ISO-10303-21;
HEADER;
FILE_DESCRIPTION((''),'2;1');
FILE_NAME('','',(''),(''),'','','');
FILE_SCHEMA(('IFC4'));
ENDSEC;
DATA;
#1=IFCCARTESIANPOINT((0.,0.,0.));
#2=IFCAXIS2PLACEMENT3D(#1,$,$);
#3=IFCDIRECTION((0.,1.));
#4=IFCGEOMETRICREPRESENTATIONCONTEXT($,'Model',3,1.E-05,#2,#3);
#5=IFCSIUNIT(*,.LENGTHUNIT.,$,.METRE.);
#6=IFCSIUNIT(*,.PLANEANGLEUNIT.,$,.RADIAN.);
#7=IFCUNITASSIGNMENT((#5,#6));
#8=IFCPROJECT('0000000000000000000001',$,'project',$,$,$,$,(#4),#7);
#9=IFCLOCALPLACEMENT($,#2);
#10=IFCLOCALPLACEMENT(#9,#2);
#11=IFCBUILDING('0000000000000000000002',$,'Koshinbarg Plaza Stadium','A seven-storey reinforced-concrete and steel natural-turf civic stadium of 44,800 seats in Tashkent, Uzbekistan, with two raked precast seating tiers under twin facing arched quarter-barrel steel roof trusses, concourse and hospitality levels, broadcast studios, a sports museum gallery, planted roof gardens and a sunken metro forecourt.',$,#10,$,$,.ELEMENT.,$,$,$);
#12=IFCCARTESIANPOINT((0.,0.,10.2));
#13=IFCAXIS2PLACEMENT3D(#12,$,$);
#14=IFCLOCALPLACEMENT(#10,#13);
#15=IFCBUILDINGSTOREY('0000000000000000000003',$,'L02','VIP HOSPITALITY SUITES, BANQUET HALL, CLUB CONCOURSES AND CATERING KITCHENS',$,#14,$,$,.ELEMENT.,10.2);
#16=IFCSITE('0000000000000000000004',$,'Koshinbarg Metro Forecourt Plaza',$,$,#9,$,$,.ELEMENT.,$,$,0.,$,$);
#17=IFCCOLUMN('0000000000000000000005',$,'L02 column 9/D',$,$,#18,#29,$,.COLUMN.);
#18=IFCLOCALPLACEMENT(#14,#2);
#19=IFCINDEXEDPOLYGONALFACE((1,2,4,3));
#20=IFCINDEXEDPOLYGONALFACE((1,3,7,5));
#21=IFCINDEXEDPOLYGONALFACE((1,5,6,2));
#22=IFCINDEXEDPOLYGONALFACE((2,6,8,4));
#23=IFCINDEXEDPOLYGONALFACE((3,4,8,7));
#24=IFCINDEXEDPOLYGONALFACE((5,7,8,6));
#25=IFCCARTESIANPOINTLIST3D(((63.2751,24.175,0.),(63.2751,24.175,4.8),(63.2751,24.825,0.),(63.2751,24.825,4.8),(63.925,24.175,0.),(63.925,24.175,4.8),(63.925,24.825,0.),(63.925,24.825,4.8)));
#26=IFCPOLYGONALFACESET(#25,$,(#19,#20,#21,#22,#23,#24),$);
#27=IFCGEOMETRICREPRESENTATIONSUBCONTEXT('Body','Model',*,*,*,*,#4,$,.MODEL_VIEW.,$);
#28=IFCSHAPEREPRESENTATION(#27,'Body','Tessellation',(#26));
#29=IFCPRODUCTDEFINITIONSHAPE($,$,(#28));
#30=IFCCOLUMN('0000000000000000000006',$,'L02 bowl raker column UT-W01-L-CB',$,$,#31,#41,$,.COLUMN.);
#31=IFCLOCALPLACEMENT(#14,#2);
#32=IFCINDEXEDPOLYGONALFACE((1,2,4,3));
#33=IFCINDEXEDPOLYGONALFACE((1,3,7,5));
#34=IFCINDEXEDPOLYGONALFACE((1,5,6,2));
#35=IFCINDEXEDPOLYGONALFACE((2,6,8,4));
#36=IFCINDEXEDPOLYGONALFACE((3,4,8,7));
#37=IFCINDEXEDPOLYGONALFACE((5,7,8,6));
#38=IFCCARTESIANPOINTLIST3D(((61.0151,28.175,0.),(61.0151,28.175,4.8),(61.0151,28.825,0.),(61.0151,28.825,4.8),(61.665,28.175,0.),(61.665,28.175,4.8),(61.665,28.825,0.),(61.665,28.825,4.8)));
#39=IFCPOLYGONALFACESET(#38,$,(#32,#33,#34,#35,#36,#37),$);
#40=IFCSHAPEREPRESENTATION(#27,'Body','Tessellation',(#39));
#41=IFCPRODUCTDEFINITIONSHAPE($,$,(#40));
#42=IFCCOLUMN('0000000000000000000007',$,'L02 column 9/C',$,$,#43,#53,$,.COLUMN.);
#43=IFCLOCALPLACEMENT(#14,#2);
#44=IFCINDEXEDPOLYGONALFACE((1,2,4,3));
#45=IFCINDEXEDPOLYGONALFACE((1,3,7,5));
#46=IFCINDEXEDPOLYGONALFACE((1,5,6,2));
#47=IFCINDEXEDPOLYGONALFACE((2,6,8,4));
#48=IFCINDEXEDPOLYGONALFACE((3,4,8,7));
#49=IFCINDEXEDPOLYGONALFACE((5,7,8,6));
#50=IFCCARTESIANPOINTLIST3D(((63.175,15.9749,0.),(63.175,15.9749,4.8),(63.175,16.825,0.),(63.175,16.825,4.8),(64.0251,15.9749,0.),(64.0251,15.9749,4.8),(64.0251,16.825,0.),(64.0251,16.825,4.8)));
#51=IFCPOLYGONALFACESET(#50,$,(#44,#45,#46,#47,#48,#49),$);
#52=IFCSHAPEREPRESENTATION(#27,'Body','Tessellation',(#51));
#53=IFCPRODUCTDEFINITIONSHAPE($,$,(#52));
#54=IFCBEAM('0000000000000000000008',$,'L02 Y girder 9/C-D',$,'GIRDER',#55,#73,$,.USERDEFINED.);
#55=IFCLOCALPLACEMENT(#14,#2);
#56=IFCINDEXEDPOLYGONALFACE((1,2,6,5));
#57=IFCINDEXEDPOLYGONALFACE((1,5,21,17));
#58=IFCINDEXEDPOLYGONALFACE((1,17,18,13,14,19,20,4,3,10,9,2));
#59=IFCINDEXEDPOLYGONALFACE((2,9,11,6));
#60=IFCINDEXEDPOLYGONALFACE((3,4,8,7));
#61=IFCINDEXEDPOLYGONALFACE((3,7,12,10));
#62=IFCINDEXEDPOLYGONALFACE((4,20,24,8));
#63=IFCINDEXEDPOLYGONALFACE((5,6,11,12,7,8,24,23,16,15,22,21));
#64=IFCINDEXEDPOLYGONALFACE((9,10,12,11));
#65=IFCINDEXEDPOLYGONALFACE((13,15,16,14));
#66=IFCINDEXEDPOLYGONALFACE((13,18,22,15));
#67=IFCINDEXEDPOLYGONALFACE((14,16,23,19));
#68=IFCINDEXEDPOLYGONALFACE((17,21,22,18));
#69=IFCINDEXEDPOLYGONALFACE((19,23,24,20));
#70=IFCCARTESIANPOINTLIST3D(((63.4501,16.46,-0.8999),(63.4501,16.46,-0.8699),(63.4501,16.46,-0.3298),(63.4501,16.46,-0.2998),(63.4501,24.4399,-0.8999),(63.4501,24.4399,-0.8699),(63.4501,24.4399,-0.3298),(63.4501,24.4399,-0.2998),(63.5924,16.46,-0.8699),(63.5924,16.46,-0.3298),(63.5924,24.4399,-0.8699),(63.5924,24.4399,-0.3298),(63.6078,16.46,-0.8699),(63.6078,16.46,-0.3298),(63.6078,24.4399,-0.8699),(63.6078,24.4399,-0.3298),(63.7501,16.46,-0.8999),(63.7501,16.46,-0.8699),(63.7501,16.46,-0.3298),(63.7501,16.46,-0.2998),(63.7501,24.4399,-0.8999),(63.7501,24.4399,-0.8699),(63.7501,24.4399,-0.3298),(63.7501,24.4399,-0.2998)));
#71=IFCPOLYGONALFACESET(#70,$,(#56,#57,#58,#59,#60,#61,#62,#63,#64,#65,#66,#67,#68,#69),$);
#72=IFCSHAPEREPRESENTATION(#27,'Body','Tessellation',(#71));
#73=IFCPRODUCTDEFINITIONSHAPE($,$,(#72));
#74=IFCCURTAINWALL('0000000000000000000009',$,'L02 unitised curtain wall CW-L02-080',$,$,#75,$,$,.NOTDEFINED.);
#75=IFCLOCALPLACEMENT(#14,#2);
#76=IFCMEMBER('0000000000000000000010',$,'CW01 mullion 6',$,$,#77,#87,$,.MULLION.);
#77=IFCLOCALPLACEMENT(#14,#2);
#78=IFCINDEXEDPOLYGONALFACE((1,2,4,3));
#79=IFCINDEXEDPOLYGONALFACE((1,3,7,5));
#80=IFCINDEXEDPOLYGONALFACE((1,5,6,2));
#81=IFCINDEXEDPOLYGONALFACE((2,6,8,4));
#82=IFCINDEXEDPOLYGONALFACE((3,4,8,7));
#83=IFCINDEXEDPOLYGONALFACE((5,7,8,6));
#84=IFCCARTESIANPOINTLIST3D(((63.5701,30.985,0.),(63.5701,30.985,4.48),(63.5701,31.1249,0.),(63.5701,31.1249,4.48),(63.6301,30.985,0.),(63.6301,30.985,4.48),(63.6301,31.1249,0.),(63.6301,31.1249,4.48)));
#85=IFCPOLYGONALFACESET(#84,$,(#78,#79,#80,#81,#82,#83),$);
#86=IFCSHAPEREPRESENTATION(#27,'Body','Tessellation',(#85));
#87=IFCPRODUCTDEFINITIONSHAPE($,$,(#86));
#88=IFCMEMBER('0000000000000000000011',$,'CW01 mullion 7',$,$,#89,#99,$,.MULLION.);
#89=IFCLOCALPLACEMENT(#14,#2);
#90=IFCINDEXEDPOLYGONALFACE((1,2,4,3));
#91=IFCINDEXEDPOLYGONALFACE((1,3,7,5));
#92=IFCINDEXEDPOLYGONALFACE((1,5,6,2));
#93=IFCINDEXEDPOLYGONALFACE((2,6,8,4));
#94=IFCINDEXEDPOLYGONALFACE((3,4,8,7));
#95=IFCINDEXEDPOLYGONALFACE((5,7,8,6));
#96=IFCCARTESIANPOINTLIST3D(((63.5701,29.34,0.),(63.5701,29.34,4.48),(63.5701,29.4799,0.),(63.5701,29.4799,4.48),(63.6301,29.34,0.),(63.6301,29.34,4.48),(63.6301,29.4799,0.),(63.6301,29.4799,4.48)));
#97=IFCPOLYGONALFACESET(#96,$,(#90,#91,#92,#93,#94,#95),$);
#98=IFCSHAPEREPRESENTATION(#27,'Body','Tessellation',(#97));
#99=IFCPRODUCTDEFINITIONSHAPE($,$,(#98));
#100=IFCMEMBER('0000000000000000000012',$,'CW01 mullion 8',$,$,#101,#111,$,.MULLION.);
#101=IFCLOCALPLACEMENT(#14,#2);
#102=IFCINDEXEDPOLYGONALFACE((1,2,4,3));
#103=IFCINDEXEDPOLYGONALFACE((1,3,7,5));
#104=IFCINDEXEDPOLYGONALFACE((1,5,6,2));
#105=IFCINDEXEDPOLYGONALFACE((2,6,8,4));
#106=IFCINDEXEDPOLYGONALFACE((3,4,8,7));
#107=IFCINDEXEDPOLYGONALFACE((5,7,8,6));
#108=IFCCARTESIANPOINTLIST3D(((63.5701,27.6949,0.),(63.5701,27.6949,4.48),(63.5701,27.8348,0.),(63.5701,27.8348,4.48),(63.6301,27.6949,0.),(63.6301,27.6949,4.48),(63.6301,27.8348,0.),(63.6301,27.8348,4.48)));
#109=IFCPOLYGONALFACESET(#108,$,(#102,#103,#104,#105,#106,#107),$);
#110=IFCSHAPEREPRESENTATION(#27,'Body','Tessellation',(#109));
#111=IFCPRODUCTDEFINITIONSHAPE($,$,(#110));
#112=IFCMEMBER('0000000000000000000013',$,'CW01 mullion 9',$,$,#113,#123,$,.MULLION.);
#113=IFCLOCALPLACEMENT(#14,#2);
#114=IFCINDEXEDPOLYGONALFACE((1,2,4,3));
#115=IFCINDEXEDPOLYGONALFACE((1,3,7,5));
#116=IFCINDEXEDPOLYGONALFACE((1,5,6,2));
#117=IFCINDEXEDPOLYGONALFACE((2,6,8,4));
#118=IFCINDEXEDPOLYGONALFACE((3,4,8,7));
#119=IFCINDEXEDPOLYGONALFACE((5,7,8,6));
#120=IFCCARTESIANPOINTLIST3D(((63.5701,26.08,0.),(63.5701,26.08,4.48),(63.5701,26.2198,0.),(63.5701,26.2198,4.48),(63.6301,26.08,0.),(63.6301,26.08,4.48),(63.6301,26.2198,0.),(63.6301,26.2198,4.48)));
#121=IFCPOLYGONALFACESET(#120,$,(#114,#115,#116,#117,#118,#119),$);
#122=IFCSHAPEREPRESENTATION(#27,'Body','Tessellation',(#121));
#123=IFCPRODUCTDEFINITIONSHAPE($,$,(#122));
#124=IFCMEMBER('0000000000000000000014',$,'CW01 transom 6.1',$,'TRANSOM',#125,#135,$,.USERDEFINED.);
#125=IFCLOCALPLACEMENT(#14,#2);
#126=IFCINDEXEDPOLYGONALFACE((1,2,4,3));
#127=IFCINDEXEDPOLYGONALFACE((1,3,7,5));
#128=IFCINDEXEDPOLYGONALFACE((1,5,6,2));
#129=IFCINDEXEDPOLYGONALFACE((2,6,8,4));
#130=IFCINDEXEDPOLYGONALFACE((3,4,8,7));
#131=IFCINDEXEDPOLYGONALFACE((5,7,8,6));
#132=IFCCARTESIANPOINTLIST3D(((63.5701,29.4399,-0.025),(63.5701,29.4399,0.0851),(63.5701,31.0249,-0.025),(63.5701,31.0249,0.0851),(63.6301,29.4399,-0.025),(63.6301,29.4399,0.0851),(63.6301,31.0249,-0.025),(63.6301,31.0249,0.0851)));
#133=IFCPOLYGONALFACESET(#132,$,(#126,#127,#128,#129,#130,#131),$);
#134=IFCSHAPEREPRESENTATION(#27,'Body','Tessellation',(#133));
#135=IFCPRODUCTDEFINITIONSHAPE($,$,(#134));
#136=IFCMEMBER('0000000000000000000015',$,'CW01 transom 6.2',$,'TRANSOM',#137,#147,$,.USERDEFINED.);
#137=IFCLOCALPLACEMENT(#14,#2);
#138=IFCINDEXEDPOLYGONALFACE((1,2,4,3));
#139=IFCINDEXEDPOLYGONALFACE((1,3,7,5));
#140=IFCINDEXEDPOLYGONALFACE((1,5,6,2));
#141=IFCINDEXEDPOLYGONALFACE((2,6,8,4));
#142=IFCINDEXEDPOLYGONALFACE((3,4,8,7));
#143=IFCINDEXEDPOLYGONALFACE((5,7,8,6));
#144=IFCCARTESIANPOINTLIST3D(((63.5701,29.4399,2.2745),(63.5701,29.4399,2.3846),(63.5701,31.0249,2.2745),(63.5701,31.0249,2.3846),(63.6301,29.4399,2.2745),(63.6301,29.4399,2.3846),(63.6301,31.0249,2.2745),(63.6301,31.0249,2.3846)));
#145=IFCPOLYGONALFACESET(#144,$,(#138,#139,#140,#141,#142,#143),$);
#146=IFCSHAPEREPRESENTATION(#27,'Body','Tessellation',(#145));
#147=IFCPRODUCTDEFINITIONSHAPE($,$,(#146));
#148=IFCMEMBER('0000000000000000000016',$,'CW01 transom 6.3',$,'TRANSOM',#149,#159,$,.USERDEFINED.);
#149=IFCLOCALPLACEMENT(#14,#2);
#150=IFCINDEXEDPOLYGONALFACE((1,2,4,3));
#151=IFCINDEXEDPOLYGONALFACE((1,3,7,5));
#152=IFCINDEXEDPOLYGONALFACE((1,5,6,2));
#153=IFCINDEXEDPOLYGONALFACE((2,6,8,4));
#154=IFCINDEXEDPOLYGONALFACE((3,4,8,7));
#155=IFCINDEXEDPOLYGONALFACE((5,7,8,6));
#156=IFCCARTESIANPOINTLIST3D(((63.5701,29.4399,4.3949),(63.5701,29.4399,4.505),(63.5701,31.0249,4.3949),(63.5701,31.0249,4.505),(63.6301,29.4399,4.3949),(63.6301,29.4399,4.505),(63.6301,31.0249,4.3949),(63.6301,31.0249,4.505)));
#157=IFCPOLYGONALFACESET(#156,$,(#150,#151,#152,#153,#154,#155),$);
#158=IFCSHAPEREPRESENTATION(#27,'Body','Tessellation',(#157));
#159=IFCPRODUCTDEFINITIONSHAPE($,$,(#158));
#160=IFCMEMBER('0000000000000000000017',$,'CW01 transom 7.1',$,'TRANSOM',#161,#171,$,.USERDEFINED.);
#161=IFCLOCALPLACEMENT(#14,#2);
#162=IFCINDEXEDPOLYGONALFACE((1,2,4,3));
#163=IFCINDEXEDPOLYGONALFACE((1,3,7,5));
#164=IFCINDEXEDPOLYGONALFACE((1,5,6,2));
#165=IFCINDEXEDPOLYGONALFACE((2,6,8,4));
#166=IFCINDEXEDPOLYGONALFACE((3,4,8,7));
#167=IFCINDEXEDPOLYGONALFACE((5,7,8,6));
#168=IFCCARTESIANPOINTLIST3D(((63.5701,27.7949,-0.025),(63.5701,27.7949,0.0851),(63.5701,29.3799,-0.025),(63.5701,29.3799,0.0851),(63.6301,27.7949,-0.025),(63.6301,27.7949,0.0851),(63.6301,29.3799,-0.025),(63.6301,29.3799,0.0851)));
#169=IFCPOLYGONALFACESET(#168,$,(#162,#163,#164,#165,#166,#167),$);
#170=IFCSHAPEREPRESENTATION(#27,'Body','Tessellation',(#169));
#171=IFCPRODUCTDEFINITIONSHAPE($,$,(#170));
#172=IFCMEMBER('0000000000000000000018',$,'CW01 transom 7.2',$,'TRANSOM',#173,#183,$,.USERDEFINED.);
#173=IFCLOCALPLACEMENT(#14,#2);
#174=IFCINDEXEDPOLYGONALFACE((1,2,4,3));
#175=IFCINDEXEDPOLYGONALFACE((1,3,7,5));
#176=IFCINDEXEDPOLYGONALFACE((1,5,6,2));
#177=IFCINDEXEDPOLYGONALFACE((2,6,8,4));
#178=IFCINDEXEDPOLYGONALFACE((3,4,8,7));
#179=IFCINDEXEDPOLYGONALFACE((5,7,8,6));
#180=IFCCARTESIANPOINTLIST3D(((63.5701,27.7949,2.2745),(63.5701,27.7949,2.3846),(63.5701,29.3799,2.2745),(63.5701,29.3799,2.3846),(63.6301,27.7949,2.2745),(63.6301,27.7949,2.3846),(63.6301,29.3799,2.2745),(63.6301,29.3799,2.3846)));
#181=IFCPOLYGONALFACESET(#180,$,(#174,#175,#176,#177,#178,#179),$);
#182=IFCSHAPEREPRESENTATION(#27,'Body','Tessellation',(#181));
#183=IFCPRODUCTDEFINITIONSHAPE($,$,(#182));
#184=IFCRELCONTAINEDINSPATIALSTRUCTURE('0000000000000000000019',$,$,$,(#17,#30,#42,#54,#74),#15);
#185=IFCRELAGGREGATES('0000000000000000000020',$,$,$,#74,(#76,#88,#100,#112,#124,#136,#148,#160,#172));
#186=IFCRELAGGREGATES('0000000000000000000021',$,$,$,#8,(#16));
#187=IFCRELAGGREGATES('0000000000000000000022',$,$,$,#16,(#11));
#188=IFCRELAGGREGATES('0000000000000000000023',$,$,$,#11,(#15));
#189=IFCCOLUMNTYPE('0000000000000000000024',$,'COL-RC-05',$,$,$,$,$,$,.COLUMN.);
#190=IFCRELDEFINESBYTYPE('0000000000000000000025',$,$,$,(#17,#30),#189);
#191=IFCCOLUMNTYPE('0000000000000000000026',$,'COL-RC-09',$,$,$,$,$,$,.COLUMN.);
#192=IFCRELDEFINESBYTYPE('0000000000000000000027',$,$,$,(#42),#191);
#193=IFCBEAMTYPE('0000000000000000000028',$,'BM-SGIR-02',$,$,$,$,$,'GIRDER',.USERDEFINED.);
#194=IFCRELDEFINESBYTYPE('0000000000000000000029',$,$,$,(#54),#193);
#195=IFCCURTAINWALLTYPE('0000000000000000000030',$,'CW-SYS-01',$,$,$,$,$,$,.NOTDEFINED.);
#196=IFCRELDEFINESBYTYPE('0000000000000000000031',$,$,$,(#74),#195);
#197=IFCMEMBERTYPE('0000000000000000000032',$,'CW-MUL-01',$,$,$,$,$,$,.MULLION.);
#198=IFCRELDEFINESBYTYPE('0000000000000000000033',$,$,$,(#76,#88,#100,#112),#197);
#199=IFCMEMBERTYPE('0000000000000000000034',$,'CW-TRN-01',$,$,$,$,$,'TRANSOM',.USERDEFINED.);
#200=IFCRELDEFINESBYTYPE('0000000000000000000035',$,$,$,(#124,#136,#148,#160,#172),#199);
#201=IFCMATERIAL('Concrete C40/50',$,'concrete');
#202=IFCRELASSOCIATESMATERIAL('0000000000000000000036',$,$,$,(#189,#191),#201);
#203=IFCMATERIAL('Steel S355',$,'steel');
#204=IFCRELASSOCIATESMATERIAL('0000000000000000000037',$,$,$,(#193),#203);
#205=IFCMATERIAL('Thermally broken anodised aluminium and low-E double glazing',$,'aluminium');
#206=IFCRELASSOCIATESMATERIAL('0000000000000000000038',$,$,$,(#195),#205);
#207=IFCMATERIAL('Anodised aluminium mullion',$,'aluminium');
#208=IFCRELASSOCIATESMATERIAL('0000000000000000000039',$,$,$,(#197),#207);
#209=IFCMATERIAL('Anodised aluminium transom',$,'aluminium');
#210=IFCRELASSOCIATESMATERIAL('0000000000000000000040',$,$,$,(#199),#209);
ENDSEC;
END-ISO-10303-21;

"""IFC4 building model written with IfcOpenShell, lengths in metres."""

from ifc_helpers import new_model, si_unit, direction, frame, origin, origin_2d, place, context, subcontext, project, spatial, rectangle, i_section, extrude, material, material_profile, profile_set, type_object, element, aggregate, save


model = new_model("IFC4")

# Units and contexts
model_context = context("Model", 3, precision=1e-05, world=origin(), true_north=direction((0.0, 1.0)))
body_context = subcontext(model_context, "Body", "Model", "MODEL_VIEW")
ifc_project = project(units=[si_unit("LENGTHUNIT", "METRE"), si_unit("PLANEANGLEUNIT", "RADIAN")], contexts=[model_context])

# Site, building, storey
site_placement = place(None, origin())
site = spatial("IfcSite", under=ifc_project, at=site_placement, Name="Koshinbarg Metro Forecourt Plaza", CompositionType="ELEMENT", RefElevation=0.0)
building_placement = place(site_placement, origin())
building = spatial("IfcBuilding", under=site, at=building_placement, Name="Koshinbarg Plaza Stadium", Description="A seven-storey reinforced-concrete and steel natural-turf civic stadium of 44,800 seats in Tashkent, Uzbekistan, with two raked precast seating tiers under twin facing arched quarter-barrel steel roof trusses, concourse and hospitality levels, broadcast studios, a sports museum gallery, planted roof gardens and a sunken metro forecourt.", CompositionType="ELEMENT")
storey_placement = place(building_placement, frame((0.0, 0.0, 10.2)))
storey = spatial("IfcBuildingStorey", under=building, at=storey_placement, Name="L02", Description="VIP HOSPITALITY SUITES, BANQUET HALL, CLUB CONCOURSES AND CATERING KITCHENS", CompositionType="ELEMENT", Elevation=10.2)

# Columns
ifc_material_1 = material(Name="Concrete C40/50", Category="concrete")
ifc_material_profile_1 = material_profile(ifc_material_1, rectangle(XDim=0.6499, YDim=0.6499, at=origin_2d()), Name="RC 650x650")
ifc_profile_set_1 = profile_set([ifc_material_profile_1], Name="Concrete C40/50")
column_type_1 = type_object("IfcColumnType", Name="COL-RC-05", PredefinedType="COLUMN", material=ifc_profile_set_1)
for number, where, z_axis, x_axis, name in (
    (1, (63.6001, 24.5, 0.0), (0.0, 0.0, 1.0), (1.0, 0.0, 0.0), "L02 column 9/D"),
    (2, (61.3401, 28.5, 0.0), (0.0, 0.0, 1.0), (1.0, 0.0, 0.0), "L02 bowl raker column UT-W01-L-CB"),
):
    element("IfcColumn", number, at=place(storey_placement, frame(where, z_axis=z_axis, x_axis=x_axis)), inside=storey, type_object=column_type_1, Name=name, PredefinedType="COLUMN", context=body_context, shape_type="SweptSolid", body=[
        extrude(rectangle(XDim=0.6499, YDim=0.6499, at=origin_2d()), origin(), (0.0, 0.0, 1.0), 4.8),
    ])
ifc_material_profile_2 = material_profile(ifc_material_1, rectangle(XDim=0.8501, YDim=0.8501, at=origin_2d()), Name="RC 850x850")
ifc_profile_set_2 = profile_set([ifc_material_profile_2], Name="Concrete C40/50")
column_type_2 = type_object("IfcColumnType", Name="COL-RC-09", PredefinedType="COLUMN", material=ifc_profile_set_2)
column_placement = place(storey_placement, frame((63.6001, 16.3999, 0.0), z_axis=(0.0, 0.0, 1.0), x_axis=(1.0, 0.0, 0.0)))
element("IfcColumn", 3, at=column_placement, inside=storey, type_object=column_type_2, Name="L02 column 9/C", PredefinedType="COLUMN", context=body_context, shape_type="SweptSolid", body=[
    extrude(rectangle(XDim=0.8501, YDim=0.8501, at=origin_2d()), origin(), (0.0, 0.0, 1.0), 4.8),
])

# Beam
ifc_material_2 = material(Name="Steel S355", Category="steel")
ifc_material_profile_3 = material_profile(ifc_material_2, i_section(OverallWidth=0.3, OverallDepth=0.6001, WebThickness=0.0154, FlangeThickness=0.03, at=origin_2d()), Name="HEB 600")
ifc_profile_set_3 = profile_set([ifc_material_profile_3], Name="Steel S355")
beam_type = type_object("IfcBeamType", Name="BM-SGIR-02", ElementType="GIRDER", PredefinedType="USERDEFINED", material=ifc_profile_set_3)
beam_placement = place(storey_placement, frame((63.6001, 16.46, -0.5999), z_axis=(0.0, 1.0, 0.0), x_axis=(-1.0, 0.0, 0.0)))
element("IfcBeam", 4, at=beam_placement, inside=storey, type_object=beam_type, Name="L02 Y girder 9/C-D", ObjectType="GIRDER", PredefinedType="USERDEFINED", context=body_context, shape_type="SweptSolid", body=[
    extrude(i_section(OverallWidth=0.3, OverallDepth=0.6001, WebThickness=0.0154, FlangeThickness=0.03, at=origin_2d()), origin(), (0.0, 0.0, 1.0), 7.98),
])

# Curtain wall, members
ifc_material_3 = material(Name="Thermally broken anodised aluminium and low-E double glazing", Category="aluminium")
curtain_wall_type = type_object("IfcCurtainWallType", Name="CW-SYS-01", PredefinedType="NOTDEFINED", material=ifc_material_3)
curtain_wall_placement = place(storey_placement, origin())
curtain_wall = element("IfcCurtainWall", 5, at=curtain_wall_placement, inside=storey, type_object=curtain_wall_type, Name="L02 unitised curtain wall CW-L02-080", PredefinedType="NOTDEFINED")
ifc_material_4 = material(Name="Anodised aluminium mullion", Category="aluminium")
ifc_material_profile_4 = material_profile(ifc_material_4, rectangle(XDim=0.0601, YDim=0.1399, at=origin_2d()), Name="ALU 60x140")
ifc_profile_set_4 = profile_set([ifc_material_profile_4], Name="Anodised aluminium mullion")
member_type_1 = type_object("IfcMemberType", Name="CW-MUL-01", PredefinedType="MULLION", material=ifc_profile_set_4)
member_1_placement = place(storey_placement, frame((63.6001, 31.0549, 0.0), z_axis=(0.0, 0.0, 1.0), x_axis=(1.0, 0.0, 0.0)))
member_1 = element("IfcMember", 6, at=member_1_placement, type_object=member_type_1, Name="CW01 mullion 6", PredefinedType="MULLION", context=body_context, shape_type="SweptSolid", body=[
    extrude(rectangle(XDim=0.0601, YDim=0.1399, at=origin_2d()), origin(), (0.0, 0.0, 1.0), 4.48),
])
member_2_placement = place(storey_placement, frame((63.6001, 29.4099, 0.0), z_axis=(0.0, 0.0, 1.0), x_axis=(1.0, 0.0, 0.0)))
member_2 = element("IfcMember", 7, at=member_2_placement, type_object=member_type_1, Name="CW01 mullion 7", PredefinedType="MULLION", context=body_context, shape_type="SweptSolid", body=[
    extrude(rectangle(XDim=0.0601, YDim=0.1399, at=origin_2d()), origin(), (0.0, 0.0, 1.0), 4.48),
])
member_3_placement = place(storey_placement, frame((63.6001, 27.7649, 0.0), z_axis=(0.0, 0.0, 1.0), x_axis=(1.0, 0.0, 0.0)))
member_3 = element("IfcMember", 8, at=member_3_placement, type_object=member_type_1, Name="CW01 mullion 8", PredefinedType="MULLION", context=body_context, shape_type="SweptSolid", body=[
    extrude(rectangle(XDim=0.0601, YDim=0.1399, at=origin_2d()), origin(), (0.0, 0.0, 1.0), 4.48),
])
member_4_placement = place(storey_placement, frame((63.6001, 26.1499, 0.0), z_axis=(0.0, 0.0, 1.0), x_axis=(1.0, 0.0, 0.0)))
member_4 = element("IfcMember", 9, at=member_4_placement, type_object=member_type_1, Name="CW01 mullion 9", PredefinedType="MULLION", context=body_context, shape_type="SweptSolid", body=[
    extrude(rectangle(XDim=0.0601, YDim=0.1399, at=origin_2d()), origin(), (0.0, 0.0, 1.0), 4.48),
])
ifc_material_5 = material(Name="Anodised aluminium transom", Category="aluminium")
ifc_material_profile_5 = material_profile(ifc_material_5, rectangle(XDim=0.0601, YDim=0.1101, at=origin_2d()), Name="ALU 60x110")
ifc_profile_set_5 = profile_set([ifc_material_profile_5], Name="Anodised aluminium transom")
member_type_2 = type_object("IfcMemberType", Name="CW-TRN-01", ElementType="TRANSOM", PredefinedType="USERDEFINED", material=ifc_profile_set_5)
member_5_placement = place(storey_placement, frame((63.6001, 31.0249, 0.03), z_axis=(0.0, -1.0, 0.0), x_axis=(1.0, 0.0, 0.0)))
member_5 = element("IfcMember", 10, at=member_5_placement, type_object=member_type_2, Name="CW01 transom 6.1", ObjectType="TRANSOM", PredefinedType="USERDEFINED", context=body_context, shape_type="SweptSolid", body=[
    extrude(rectangle(XDim=0.0601, YDim=0.1101, at=origin_2d()), origin(), (0.0, 0.0, 1.0), 1.585),
])
member_6_placement = place(storey_placement, frame((63.6001, 31.0249, 2.3296), z_axis=(0.0, -1.0, 0.0), x_axis=(1.0, 0.0, 0.0)))
member_6 = element("IfcMember", 11, at=member_6_placement, type_object=member_type_2, Name="CW01 transom 6.2", ObjectType="TRANSOM", PredefinedType="USERDEFINED", context=body_context, shape_type="SweptSolid", body=[
    extrude(rectangle(XDim=0.0601, YDim=0.1101, at=origin_2d()), origin(), (0.0, 0.0, 1.0), 1.585),
])
member_7_placement = place(storey_placement, frame((63.6001, 31.0249, 4.45), z_axis=(0.0, -1.0, 0.0), x_axis=(1.0, 0.0, 0.0)))
member_7 = element("IfcMember", 12, at=member_7_placement, type_object=member_type_2, Name="CW01 transom 6.3", ObjectType="TRANSOM", PredefinedType="USERDEFINED", context=body_context, shape_type="SweptSolid", body=[
    extrude(rectangle(XDim=0.0601, YDim=0.1101, at=origin_2d()), origin(), (0.0, 0.0, 1.0), 1.585),
])
member_8_placement = place(storey_placement, frame((63.6001, 29.3799, 0.03), z_axis=(0.0, -1.0, 0.0), x_axis=(1.0, 0.0, 0.0)))
member_8 = element("IfcMember", 13, at=member_8_placement, type_object=member_type_2, Name="CW01 transom 7.1", ObjectType="TRANSOM", PredefinedType="USERDEFINED", context=body_context, shape_type="SweptSolid", body=[
    extrude(rectangle(XDim=0.0601, YDim=0.1101, at=origin_2d()), origin(), (0.0, 0.0, 1.0), 1.585),
])
member_9_placement = place(storey_placement, frame((63.6001, 29.3799, 2.3296), z_axis=(0.0, -1.0, 0.0), x_axis=(1.0, 0.0, 0.0)))
member_9 = element("IfcMember", 14, at=member_9_placement, type_object=member_type_2, Name="CW01 transom 7.2", ObjectType="TRANSOM", PredefinedType="USERDEFINED", context=body_context, shape_type="SweptSolid", body=[
    extrude(rectangle(XDim=0.0601, YDim=0.1101, at=origin_2d()), origin(), (0.0, 0.0, 1.0), 1.585),
])
aggregate(curtain_wall, [member_1, member_2, member_3, member_4, member_5, member_6, member_7, member_8, member_9])

save(model, "model.ifc")
